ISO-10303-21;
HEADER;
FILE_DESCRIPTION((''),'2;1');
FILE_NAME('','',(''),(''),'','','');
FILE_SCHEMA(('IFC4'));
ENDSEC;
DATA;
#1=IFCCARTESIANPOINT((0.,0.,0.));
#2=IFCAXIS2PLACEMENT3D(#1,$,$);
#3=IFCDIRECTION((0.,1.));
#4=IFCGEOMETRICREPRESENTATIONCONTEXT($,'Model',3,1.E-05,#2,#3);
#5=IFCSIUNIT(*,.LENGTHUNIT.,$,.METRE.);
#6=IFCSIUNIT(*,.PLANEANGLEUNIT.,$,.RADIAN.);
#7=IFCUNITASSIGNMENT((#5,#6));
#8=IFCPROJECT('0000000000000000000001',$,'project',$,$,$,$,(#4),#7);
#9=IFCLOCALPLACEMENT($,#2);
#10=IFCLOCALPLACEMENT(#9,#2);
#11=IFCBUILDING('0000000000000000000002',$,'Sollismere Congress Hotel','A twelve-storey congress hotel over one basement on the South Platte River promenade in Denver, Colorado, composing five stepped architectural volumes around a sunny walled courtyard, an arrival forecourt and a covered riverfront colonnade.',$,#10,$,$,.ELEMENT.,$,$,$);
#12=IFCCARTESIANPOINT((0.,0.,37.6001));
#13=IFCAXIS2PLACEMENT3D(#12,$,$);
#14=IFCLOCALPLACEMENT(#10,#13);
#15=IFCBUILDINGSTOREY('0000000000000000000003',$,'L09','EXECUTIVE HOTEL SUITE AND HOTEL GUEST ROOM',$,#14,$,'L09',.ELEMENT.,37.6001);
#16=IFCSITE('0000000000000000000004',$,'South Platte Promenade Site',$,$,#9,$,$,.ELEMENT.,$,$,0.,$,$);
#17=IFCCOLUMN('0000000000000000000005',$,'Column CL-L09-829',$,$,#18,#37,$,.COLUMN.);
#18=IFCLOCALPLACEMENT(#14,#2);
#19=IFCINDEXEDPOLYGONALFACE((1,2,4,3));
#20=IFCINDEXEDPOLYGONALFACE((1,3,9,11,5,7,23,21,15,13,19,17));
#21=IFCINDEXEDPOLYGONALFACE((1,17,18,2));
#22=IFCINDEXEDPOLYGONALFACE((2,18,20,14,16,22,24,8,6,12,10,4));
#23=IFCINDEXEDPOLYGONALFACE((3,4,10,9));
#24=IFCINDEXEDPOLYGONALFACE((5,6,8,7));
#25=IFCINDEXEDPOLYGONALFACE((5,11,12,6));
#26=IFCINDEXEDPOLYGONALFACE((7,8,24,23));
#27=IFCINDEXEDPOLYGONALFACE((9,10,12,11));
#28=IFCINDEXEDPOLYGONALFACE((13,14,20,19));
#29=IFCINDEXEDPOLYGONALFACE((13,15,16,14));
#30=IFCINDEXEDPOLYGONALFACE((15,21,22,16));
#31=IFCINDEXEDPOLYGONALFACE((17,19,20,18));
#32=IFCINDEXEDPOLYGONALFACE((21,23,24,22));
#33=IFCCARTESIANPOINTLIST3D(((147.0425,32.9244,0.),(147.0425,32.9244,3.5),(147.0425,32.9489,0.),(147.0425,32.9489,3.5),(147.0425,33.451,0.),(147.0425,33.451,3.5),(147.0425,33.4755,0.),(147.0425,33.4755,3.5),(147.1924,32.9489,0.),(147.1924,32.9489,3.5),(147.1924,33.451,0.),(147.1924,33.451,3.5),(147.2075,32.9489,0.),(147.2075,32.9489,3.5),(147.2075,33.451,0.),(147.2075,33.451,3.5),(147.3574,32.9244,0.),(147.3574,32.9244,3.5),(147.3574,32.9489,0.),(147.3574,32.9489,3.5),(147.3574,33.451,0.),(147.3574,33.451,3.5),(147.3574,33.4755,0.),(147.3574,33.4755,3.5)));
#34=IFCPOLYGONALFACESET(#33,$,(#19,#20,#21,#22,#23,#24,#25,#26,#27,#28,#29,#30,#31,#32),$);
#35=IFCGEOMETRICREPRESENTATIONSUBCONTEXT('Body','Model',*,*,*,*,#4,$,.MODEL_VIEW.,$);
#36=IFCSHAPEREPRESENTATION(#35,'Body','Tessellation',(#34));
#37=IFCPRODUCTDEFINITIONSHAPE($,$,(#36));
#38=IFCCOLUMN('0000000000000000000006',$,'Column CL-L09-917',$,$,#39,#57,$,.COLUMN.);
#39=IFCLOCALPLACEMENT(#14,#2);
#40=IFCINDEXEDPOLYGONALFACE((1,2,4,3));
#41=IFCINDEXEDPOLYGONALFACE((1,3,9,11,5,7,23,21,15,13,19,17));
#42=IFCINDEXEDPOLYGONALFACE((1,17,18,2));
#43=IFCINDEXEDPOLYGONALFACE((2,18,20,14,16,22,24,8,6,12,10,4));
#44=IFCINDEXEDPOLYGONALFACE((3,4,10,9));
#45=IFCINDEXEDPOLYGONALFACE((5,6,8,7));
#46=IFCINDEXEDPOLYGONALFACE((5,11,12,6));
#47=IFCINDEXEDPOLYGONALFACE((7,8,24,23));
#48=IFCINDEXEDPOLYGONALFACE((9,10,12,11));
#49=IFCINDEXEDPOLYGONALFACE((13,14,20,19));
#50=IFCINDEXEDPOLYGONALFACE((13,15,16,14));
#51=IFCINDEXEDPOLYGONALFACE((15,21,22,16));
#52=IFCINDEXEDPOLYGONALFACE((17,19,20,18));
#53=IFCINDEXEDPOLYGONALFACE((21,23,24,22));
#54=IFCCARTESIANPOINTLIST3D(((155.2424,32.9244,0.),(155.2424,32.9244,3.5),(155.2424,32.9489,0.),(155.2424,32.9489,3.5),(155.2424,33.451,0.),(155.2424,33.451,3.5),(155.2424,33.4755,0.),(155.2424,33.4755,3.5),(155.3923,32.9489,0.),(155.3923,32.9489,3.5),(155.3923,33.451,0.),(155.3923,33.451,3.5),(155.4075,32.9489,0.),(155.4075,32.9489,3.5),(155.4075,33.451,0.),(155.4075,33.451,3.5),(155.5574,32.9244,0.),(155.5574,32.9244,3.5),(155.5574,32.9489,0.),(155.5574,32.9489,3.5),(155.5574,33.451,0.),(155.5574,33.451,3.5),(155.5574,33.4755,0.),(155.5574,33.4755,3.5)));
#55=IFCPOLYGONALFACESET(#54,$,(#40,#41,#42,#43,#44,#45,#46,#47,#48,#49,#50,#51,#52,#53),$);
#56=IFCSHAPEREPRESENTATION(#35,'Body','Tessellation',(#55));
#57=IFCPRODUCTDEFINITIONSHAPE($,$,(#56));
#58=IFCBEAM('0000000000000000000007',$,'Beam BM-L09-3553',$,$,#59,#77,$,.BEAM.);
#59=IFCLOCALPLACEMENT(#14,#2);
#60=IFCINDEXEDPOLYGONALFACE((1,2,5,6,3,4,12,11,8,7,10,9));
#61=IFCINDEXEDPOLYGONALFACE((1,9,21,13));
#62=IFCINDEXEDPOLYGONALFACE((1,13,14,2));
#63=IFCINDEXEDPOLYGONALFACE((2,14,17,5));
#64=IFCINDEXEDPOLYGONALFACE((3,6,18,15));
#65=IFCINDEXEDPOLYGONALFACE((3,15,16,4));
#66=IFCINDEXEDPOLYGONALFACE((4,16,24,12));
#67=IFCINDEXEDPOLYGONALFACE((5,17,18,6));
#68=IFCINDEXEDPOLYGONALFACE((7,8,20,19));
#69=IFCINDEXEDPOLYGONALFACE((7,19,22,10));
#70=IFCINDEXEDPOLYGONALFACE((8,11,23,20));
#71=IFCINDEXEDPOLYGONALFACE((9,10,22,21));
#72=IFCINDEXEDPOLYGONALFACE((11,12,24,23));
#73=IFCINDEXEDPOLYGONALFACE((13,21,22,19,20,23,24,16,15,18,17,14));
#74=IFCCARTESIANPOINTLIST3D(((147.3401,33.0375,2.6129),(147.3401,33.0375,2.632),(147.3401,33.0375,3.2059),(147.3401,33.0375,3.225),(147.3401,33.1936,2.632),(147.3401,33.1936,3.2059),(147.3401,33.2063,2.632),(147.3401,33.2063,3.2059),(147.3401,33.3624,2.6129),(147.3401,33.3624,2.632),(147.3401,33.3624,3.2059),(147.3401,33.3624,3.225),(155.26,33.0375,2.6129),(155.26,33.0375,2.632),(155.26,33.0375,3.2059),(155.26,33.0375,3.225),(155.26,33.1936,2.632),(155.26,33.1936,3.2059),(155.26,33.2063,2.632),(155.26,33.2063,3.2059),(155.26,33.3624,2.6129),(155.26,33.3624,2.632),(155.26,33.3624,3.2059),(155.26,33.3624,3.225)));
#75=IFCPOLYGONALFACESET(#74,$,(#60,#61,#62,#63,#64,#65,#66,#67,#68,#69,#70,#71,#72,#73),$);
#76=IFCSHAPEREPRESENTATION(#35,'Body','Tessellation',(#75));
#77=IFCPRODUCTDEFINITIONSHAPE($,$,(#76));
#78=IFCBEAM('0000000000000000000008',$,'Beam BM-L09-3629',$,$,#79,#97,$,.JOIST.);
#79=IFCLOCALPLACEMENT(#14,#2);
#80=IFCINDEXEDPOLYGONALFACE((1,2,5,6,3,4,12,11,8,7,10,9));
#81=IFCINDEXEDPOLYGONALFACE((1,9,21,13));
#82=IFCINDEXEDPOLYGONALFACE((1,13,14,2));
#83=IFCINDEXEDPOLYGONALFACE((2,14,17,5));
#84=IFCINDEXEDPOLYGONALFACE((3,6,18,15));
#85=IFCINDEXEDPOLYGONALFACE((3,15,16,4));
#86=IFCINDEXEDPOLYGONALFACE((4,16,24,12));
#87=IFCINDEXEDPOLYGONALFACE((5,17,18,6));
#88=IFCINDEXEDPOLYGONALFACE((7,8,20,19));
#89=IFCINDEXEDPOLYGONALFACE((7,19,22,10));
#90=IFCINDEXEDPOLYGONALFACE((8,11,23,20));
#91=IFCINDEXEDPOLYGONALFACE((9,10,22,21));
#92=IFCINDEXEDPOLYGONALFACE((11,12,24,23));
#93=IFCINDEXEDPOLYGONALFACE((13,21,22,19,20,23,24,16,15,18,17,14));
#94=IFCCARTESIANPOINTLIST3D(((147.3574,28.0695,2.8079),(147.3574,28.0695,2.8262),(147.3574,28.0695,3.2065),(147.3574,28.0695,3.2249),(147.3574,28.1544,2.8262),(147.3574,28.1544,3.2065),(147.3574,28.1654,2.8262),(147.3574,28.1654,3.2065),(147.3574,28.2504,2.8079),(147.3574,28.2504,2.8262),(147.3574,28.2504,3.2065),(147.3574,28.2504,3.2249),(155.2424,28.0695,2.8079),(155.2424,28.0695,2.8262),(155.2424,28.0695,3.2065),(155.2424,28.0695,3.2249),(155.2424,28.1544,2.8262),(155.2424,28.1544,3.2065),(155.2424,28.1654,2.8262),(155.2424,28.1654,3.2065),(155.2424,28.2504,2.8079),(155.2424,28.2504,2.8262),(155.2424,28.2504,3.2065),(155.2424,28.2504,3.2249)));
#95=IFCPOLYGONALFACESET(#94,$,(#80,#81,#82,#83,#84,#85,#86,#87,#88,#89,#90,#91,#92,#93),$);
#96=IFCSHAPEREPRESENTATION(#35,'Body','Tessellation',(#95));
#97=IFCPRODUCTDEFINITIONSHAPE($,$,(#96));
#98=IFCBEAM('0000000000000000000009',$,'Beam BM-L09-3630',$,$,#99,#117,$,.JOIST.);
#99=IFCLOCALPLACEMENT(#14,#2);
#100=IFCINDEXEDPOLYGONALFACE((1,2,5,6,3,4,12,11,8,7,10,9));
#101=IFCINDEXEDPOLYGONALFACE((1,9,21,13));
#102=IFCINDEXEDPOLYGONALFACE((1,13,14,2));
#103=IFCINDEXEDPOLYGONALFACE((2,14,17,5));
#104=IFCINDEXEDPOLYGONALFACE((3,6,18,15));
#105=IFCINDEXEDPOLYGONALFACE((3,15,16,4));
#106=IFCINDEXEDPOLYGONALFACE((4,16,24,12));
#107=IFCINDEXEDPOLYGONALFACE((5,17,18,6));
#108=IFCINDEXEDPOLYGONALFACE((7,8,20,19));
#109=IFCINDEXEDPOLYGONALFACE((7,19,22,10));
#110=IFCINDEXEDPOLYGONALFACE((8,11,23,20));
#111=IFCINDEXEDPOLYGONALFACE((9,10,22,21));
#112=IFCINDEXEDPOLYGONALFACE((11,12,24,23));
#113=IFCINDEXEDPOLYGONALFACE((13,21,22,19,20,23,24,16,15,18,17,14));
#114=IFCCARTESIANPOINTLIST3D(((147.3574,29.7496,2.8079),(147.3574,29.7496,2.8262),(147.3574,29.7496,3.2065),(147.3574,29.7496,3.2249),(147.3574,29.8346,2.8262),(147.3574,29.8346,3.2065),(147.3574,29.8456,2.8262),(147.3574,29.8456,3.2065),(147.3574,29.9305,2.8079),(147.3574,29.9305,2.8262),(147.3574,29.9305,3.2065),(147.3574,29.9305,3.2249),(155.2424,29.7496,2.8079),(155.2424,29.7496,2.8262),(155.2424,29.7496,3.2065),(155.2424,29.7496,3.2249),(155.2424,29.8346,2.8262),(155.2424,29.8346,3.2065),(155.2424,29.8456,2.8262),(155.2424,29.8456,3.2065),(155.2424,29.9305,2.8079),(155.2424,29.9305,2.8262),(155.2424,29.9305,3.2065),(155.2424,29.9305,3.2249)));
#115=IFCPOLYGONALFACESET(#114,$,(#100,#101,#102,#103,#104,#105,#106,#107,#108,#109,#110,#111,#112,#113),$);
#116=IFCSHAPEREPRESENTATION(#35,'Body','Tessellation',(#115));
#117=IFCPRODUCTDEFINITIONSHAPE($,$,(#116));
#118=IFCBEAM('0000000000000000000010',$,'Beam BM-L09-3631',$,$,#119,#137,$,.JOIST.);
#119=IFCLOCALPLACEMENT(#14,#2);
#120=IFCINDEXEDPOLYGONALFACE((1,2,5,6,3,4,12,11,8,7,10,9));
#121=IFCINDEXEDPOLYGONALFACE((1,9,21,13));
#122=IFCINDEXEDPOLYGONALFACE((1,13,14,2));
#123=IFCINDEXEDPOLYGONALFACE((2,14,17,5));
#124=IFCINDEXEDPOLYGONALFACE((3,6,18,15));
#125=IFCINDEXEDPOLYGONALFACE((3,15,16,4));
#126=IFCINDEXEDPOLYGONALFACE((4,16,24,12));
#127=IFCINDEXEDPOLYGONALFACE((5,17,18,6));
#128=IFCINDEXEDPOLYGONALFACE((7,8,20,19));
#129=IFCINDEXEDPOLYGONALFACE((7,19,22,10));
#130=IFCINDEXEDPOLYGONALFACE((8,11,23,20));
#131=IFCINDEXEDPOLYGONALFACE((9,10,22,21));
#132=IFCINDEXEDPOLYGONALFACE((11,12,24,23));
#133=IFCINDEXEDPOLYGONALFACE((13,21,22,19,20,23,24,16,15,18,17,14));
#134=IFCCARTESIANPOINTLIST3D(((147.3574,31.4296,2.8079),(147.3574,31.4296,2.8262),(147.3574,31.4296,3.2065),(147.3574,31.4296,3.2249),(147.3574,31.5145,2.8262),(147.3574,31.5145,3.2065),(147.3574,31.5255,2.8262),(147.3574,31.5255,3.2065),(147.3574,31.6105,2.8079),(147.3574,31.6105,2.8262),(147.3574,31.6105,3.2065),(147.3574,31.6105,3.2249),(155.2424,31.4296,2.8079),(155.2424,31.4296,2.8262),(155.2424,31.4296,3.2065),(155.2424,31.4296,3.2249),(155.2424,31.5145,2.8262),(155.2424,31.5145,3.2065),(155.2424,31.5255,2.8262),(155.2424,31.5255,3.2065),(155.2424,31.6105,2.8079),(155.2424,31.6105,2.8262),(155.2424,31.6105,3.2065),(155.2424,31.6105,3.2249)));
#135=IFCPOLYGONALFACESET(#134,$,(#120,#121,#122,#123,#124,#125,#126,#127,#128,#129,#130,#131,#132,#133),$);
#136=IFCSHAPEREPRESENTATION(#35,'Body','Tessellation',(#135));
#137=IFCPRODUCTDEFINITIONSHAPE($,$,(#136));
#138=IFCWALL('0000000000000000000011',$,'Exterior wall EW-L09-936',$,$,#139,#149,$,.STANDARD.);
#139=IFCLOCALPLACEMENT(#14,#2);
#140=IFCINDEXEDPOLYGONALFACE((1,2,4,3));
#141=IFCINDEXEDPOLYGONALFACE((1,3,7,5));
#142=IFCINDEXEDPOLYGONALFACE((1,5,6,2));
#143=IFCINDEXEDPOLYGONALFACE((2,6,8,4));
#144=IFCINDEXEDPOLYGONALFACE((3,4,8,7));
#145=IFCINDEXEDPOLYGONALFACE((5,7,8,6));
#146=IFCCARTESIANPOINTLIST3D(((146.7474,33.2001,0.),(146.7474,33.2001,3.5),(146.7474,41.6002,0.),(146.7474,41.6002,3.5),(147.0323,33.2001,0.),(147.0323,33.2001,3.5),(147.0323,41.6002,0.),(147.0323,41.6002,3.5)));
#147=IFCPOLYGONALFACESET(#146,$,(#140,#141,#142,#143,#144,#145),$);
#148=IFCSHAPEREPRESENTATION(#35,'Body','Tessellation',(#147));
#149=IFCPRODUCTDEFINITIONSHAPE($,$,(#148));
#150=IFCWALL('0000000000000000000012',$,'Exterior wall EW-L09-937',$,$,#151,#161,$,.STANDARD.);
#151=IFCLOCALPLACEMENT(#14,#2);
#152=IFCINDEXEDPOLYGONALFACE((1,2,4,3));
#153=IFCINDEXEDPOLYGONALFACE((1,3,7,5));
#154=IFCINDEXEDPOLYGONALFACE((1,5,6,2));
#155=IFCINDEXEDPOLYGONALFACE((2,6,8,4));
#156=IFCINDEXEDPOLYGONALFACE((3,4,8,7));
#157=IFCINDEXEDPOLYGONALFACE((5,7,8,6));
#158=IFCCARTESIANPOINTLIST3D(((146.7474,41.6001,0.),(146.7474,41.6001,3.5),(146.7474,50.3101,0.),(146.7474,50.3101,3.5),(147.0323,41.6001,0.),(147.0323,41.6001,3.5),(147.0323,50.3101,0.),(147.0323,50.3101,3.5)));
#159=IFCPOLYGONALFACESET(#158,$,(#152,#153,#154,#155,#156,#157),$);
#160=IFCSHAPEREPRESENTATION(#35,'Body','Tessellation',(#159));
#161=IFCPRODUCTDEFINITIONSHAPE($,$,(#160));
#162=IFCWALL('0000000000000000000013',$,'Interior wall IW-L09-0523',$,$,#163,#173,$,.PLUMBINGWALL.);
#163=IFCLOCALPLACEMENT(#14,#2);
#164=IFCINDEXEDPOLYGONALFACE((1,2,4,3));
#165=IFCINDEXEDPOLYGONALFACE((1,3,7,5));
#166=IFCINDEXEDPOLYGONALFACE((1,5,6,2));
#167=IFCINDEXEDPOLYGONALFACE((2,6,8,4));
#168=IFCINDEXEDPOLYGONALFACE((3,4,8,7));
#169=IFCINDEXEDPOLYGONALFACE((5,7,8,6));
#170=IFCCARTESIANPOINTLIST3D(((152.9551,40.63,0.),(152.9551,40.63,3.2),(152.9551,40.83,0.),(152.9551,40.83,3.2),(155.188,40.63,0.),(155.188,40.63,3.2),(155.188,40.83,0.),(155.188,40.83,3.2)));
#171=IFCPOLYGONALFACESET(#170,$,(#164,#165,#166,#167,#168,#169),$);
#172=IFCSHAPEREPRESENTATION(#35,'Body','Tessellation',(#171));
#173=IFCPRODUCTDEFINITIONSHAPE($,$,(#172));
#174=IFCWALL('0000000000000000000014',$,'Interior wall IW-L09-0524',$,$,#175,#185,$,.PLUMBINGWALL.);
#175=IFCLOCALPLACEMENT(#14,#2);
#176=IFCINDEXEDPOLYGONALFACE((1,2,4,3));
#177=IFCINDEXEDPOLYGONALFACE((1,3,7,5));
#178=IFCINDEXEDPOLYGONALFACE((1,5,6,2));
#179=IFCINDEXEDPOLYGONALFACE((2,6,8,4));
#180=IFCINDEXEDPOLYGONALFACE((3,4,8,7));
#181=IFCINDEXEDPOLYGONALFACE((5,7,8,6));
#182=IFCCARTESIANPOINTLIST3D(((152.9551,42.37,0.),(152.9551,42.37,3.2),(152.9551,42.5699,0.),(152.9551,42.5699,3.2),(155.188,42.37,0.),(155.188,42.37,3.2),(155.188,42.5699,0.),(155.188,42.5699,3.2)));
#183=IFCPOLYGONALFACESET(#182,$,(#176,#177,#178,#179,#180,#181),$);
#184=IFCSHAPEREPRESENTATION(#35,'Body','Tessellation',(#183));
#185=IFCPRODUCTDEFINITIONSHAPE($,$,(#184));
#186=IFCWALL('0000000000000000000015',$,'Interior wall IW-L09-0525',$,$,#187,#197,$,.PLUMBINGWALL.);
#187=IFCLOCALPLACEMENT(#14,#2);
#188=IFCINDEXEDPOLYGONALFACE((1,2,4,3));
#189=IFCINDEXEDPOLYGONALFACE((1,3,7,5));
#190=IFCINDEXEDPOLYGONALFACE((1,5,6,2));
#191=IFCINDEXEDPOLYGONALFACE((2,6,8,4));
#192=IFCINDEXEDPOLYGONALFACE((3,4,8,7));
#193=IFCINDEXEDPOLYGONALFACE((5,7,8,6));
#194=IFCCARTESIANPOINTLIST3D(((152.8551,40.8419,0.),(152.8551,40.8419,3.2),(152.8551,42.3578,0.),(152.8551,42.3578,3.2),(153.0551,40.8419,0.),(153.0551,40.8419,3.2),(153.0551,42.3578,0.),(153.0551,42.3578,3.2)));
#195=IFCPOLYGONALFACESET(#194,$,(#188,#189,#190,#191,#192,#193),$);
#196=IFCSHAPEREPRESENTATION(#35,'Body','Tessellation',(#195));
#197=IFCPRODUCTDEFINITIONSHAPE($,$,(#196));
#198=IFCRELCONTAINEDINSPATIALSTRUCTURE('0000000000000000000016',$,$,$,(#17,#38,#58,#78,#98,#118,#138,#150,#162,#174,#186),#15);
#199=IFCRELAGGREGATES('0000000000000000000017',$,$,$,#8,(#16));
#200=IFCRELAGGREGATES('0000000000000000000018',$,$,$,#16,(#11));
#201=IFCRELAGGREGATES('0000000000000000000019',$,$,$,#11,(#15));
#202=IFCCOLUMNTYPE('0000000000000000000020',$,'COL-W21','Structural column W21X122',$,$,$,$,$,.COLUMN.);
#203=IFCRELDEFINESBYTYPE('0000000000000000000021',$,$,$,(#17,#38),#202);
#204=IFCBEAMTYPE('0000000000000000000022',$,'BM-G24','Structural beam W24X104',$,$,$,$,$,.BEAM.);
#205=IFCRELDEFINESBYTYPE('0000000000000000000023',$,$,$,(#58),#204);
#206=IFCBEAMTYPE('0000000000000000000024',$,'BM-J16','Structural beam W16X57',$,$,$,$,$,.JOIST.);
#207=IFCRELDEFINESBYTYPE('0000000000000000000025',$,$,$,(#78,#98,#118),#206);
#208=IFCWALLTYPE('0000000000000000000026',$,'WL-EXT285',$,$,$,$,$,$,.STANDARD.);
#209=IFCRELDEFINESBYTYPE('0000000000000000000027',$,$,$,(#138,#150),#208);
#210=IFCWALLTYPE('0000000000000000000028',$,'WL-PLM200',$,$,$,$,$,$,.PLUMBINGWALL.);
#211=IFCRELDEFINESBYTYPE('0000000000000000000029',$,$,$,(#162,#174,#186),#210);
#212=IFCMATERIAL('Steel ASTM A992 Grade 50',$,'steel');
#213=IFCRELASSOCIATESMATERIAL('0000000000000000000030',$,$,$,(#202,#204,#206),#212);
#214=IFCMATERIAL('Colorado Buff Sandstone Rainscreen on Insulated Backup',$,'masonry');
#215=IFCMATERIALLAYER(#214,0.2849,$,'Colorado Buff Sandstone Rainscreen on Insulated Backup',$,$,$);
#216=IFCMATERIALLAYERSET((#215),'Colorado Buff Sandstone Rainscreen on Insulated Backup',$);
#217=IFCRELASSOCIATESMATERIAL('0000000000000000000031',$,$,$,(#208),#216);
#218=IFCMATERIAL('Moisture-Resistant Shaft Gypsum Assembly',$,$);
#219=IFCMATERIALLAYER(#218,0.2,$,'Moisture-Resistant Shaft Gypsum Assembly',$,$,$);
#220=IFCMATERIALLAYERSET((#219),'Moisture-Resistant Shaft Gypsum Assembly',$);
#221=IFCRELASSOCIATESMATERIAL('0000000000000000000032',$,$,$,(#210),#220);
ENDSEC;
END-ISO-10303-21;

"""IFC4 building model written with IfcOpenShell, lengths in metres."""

from ifc_helpers import new_model, si_unit, direction, frame, frame_2d, origin, origin_2d, place, context, subcontext, project, spatial, rectangle, i_section, extrude, material, layer, layer_set, material_profile, profile_set, type_object, element, save


model = new_model("IFC4")

# Units and contexts
model_context = context("Model", 3, precision=1e-05, world=origin(), true_north=direction((0.0, 1.0)))
body_context = subcontext(model_context, "Body", "Model", "MODEL_VIEW")
ifc_project = project(units=[si_unit("LENGTHUNIT", "METRE"), si_unit("PLANEANGLEUNIT", "RADIAN")], contexts=[model_context])

# Site, building, storey
site_placement = place(None, origin())
site = spatial("IfcSite", under=ifc_project, at=site_placement, Name="South Platte Promenade Site", CompositionType="ELEMENT", RefElevation=0.0)
building_placement = place(site_placement, origin())
building = spatial("IfcBuilding", under=site, at=building_placement, Name="Sollismere Congress Hotel", Description="A twelve-storey congress hotel over one basement on the South Platte River promenade in Denver, Colorado, composing five stepped architectural volumes around a sunny walled courtyard, an arrival forecourt and a covered riverfront colonnade.", CompositionType="ELEMENT")
storey_placement = place(building_placement, frame((0.0, 0.0, 37.6001)))
storey = spatial("IfcBuildingStorey", under=building, at=storey_placement, Name="L09", Description="EXECUTIVE HOTEL SUITE AND HOTEL GUEST ROOM", LongName="L09", CompositionType="ELEMENT", Elevation=37.6001)

# Columns
ifc_material_1 = material(Name="Steel ASTM A992 Grade 50", Category="steel")
ifc_material_profile_1 = material_profile(ifc_material_1, i_section(OverallWidth=0.3149, OverallDepth=0.551, WebThickness=0.0151, FlangeThickness=0.0244, at=origin_2d()), Name="W21X122")
ifc_profile_set_1 = profile_set([ifc_material_profile_1], Name="Steel ASTM A992 Grade 50")
column_type = type_object("IfcColumnType", Name="COL-W21", Description="Structural column W21X122", PredefinedType="COLUMN", material=ifc_profile_set_1)
for number, where, z_axis, x_axis, name in (
    (1, (147.2, 33.2, 0.0), (0.0, 0.0, 1.0), (1.0, 0.0, 0.0), "Column CL-L09-829"),
    (2, (155.3999, 33.2, 0.0), (0.0, 0.0, 1.0), (1.0, 0.0, 0.0), "Column CL-L09-917"),
):
    element("IfcColumn", number, at=place(storey_placement, frame(where, z_axis=z_axis, x_axis=x_axis)), inside=storey, type_object=column_type, Name=name, PredefinedType="COLUMN", context=body_context, shape_type="SweptSolid", body=[
        extrude(i_section(OverallWidth=0.3149, OverallDepth=0.551, WebThickness=0.0151, FlangeThickness=0.0244, at=origin_2d()), origin(), (0.0, 0.0, 1.0), 3.5),
    ])

# Beams
ifc_material_profile_2 = material_profile(ifc_material_1, i_section(OverallWidth=0.325, OverallDepth=0.6121, WebThickness=0.0127, FlangeThickness=0.019, at=origin_2d()), Name="W24X104")
ifc_profile_set_2 = profile_set([ifc_material_profile_2], Name="Steel ASTM A992 Grade 50")
beam_type_1 = type_object("IfcBeamType", Name="BM-G24", Description="Structural beam W24X104", PredefinedType="BEAM", material=ifc_profile_set_2)
beam_placement = place(storey_placement, frame((147.3401, 33.2, 2.9189), z_axis=(1.0, 0.0, 0.0), x_axis=(0.0, 1.0, 0.0)))
element("IfcBeam", 3, at=beam_placement, inside=storey, type_object=beam_type_1, Name="Beam BM-L09-3553", PredefinedType="BEAM", context=body_context, shape_type="SweptSolid", body=[
    extrude(i_section(OverallWidth=0.325, OverallDepth=0.6121, WebThickness=0.0127, FlangeThickness=0.019, at=origin_2d()), origin(), (0.0, 0.0, 1.0), 7.9199),
])
ifc_material_profile_3 = material_profile(ifc_material_1, i_section(OverallWidth=0.1809, OverallDepth=0.417, WebThickness=0.011, FlangeThickness=0.0183, at=origin_2d()), Name="W16X57")
ifc_profile_set_3 = profile_set([ifc_material_profile_3], Name="Steel ASTM A992 Grade 50")
beam_type_2 = type_object("IfcBeamType", Name="BM-J16", Description="Structural beam W16X57", PredefinedType="JOIST", material=ifc_profile_set_3)
for number, where, z_axis, x_axis, name in (
    (4, (147.3574, 28.1599, 3.0164), (1.0, 0.0, 0.0), (0.0, 1.0, 0.0), "Beam BM-L09-3629"),
    (5, (147.3574, 29.8401, 3.0164), (1.0, 0.0, 0.0), (0.0, 1.0, 0.0), "Beam BM-L09-3630"),
    (6, (147.3574, 31.52, 3.0164), (1.0, 0.0, 0.0), (0.0, 1.0, 0.0), "Beam BM-L09-3631"),
):
    element("IfcBeam", number, at=place(storey_placement, frame(where, z_axis=z_axis, x_axis=x_axis)), inside=storey, type_object=beam_type_2, Name=name, PredefinedType="JOIST", context=body_context, shape_type="SweptSolid", body=[
        extrude(i_section(OverallWidth=0.1809, OverallDepth=0.417, WebThickness=0.011, FlangeThickness=0.0183, at=origin_2d()), origin(), (0.0, 0.0, 1.0), 7.885),
    ])

# Walls
ifc_material_2 = material(Name="Colorado Buff Sandstone Rainscreen on Insulated Backup", Category="masonry")
ifc_layer_1 = layer(ifc_material_2, 0.2849, Name="Colorado Buff Sandstone Rainscreen on Insulated Backup")
ifc_layer_set_1 = layer_set([ifc_layer_1], Name="Colorado Buff Sandstone Rainscreen on Insulated Backup")
wall_type_1 = type_object("IfcWallType", Name="WL-EXT285", PredefinedType="STANDARD", material=ifc_layer_set_1)
wall_1_placement = place(storey_placement, frame((146.8899, 33.2, 0.0), z_axis=(0.0, 0.0, 1.0), x_axis=(0.0, 1.0, 0.0)))
element("IfcWall", 7, at=wall_1_placement, inside=storey, type_object=wall_type_1, Name="Exterior wall EW-L09-936", PredefinedType="STANDARD", context=body_context, shape_type="SweptSolid", body=[
    extrude(rectangle(XDim=8.4001, YDim=0.2849, at=frame_2d((4.2002, 0.0))), origin(), (0.0, 0.0, 1.0), 3.5),
])
wall_2_placement = place(storey_placement, frame((146.8899, 41.6001, 0.0), z_axis=(0.0, 0.0, 1.0), x_axis=(0.0, 1.0, 0.0)))
element("IfcWall", 8, at=wall_2_placement, inside=storey, type_object=wall_type_1, Name="Exterior wall EW-L09-937", PredefinedType="STANDARD", context=body_context, shape_type="SweptSolid", body=[
    extrude(rectangle(XDim=8.71, YDim=0.2849, at=frame_2d((4.355, 0.0))), origin(), (0.0, 0.0, 1.0), 3.5),
])
ifc_material_3 = material(Name="Moisture-Resistant Shaft Gypsum Assembly")
ifc_layer_2 = layer(ifc_material_3, 0.2, Name="Moisture-Resistant Shaft Gypsum Assembly")
ifc_layer_set_2 = layer_set([ifc_layer_2], Name="Moisture-Resistant Shaft Gypsum Assembly")
wall_type_2 = type_object("IfcWallType", Name="WL-PLM200", PredefinedType="PLUMBINGWALL", material=ifc_layer_set_2)
for number, where, z_axis, x_axis, name in (
    (9, (152.9551, 40.73, 0.0), (0.0, 0.0, 1.0), (1.0, 0.0, 0.0), "Interior wall IW-L09-0523"),
    (10, (152.9551, 42.47, 0.0), (0.0, 0.0, 1.0), (1.0, 0.0, 0.0), "Interior wall IW-L09-0524"),
):
    element("IfcWall", number, at=place(storey_placement, frame(where, z_axis=z_axis, x_axis=x_axis)), inside=storey, type_object=wall_type_2, Name=name, PredefinedType="PLUMBINGWALL", context=body_context, shape_type="SweptSolid", body=[
        extrude(rectangle(XDim=2.2329, YDim=0.2, at=frame_2d((1.1165, 0.0))), origin(), (0.0, 0.0, 1.0), 3.2),
    ])
wall_3_placement = place(storey_placement, frame((152.9551, 40.842, 0.0), z_axis=(0.0, 0.0, 1.0), x_axis=(0.0, 1.0, 0.0)))
element("IfcWall", 11, at=wall_3_placement, inside=storey, type_object=wall_type_2, Name="Interior wall IW-L09-0525", PredefinedType="PLUMBINGWALL", context=body_context, shape_type="SweptSolid", body=[
    extrude(rectangle(XDim=1.5159, YDim=0.2, at=frame_2d((0.7578, 0.0))), origin(), (0.0, 0.0, 1.0), 3.2),
])

save(model, "model.ifc")
